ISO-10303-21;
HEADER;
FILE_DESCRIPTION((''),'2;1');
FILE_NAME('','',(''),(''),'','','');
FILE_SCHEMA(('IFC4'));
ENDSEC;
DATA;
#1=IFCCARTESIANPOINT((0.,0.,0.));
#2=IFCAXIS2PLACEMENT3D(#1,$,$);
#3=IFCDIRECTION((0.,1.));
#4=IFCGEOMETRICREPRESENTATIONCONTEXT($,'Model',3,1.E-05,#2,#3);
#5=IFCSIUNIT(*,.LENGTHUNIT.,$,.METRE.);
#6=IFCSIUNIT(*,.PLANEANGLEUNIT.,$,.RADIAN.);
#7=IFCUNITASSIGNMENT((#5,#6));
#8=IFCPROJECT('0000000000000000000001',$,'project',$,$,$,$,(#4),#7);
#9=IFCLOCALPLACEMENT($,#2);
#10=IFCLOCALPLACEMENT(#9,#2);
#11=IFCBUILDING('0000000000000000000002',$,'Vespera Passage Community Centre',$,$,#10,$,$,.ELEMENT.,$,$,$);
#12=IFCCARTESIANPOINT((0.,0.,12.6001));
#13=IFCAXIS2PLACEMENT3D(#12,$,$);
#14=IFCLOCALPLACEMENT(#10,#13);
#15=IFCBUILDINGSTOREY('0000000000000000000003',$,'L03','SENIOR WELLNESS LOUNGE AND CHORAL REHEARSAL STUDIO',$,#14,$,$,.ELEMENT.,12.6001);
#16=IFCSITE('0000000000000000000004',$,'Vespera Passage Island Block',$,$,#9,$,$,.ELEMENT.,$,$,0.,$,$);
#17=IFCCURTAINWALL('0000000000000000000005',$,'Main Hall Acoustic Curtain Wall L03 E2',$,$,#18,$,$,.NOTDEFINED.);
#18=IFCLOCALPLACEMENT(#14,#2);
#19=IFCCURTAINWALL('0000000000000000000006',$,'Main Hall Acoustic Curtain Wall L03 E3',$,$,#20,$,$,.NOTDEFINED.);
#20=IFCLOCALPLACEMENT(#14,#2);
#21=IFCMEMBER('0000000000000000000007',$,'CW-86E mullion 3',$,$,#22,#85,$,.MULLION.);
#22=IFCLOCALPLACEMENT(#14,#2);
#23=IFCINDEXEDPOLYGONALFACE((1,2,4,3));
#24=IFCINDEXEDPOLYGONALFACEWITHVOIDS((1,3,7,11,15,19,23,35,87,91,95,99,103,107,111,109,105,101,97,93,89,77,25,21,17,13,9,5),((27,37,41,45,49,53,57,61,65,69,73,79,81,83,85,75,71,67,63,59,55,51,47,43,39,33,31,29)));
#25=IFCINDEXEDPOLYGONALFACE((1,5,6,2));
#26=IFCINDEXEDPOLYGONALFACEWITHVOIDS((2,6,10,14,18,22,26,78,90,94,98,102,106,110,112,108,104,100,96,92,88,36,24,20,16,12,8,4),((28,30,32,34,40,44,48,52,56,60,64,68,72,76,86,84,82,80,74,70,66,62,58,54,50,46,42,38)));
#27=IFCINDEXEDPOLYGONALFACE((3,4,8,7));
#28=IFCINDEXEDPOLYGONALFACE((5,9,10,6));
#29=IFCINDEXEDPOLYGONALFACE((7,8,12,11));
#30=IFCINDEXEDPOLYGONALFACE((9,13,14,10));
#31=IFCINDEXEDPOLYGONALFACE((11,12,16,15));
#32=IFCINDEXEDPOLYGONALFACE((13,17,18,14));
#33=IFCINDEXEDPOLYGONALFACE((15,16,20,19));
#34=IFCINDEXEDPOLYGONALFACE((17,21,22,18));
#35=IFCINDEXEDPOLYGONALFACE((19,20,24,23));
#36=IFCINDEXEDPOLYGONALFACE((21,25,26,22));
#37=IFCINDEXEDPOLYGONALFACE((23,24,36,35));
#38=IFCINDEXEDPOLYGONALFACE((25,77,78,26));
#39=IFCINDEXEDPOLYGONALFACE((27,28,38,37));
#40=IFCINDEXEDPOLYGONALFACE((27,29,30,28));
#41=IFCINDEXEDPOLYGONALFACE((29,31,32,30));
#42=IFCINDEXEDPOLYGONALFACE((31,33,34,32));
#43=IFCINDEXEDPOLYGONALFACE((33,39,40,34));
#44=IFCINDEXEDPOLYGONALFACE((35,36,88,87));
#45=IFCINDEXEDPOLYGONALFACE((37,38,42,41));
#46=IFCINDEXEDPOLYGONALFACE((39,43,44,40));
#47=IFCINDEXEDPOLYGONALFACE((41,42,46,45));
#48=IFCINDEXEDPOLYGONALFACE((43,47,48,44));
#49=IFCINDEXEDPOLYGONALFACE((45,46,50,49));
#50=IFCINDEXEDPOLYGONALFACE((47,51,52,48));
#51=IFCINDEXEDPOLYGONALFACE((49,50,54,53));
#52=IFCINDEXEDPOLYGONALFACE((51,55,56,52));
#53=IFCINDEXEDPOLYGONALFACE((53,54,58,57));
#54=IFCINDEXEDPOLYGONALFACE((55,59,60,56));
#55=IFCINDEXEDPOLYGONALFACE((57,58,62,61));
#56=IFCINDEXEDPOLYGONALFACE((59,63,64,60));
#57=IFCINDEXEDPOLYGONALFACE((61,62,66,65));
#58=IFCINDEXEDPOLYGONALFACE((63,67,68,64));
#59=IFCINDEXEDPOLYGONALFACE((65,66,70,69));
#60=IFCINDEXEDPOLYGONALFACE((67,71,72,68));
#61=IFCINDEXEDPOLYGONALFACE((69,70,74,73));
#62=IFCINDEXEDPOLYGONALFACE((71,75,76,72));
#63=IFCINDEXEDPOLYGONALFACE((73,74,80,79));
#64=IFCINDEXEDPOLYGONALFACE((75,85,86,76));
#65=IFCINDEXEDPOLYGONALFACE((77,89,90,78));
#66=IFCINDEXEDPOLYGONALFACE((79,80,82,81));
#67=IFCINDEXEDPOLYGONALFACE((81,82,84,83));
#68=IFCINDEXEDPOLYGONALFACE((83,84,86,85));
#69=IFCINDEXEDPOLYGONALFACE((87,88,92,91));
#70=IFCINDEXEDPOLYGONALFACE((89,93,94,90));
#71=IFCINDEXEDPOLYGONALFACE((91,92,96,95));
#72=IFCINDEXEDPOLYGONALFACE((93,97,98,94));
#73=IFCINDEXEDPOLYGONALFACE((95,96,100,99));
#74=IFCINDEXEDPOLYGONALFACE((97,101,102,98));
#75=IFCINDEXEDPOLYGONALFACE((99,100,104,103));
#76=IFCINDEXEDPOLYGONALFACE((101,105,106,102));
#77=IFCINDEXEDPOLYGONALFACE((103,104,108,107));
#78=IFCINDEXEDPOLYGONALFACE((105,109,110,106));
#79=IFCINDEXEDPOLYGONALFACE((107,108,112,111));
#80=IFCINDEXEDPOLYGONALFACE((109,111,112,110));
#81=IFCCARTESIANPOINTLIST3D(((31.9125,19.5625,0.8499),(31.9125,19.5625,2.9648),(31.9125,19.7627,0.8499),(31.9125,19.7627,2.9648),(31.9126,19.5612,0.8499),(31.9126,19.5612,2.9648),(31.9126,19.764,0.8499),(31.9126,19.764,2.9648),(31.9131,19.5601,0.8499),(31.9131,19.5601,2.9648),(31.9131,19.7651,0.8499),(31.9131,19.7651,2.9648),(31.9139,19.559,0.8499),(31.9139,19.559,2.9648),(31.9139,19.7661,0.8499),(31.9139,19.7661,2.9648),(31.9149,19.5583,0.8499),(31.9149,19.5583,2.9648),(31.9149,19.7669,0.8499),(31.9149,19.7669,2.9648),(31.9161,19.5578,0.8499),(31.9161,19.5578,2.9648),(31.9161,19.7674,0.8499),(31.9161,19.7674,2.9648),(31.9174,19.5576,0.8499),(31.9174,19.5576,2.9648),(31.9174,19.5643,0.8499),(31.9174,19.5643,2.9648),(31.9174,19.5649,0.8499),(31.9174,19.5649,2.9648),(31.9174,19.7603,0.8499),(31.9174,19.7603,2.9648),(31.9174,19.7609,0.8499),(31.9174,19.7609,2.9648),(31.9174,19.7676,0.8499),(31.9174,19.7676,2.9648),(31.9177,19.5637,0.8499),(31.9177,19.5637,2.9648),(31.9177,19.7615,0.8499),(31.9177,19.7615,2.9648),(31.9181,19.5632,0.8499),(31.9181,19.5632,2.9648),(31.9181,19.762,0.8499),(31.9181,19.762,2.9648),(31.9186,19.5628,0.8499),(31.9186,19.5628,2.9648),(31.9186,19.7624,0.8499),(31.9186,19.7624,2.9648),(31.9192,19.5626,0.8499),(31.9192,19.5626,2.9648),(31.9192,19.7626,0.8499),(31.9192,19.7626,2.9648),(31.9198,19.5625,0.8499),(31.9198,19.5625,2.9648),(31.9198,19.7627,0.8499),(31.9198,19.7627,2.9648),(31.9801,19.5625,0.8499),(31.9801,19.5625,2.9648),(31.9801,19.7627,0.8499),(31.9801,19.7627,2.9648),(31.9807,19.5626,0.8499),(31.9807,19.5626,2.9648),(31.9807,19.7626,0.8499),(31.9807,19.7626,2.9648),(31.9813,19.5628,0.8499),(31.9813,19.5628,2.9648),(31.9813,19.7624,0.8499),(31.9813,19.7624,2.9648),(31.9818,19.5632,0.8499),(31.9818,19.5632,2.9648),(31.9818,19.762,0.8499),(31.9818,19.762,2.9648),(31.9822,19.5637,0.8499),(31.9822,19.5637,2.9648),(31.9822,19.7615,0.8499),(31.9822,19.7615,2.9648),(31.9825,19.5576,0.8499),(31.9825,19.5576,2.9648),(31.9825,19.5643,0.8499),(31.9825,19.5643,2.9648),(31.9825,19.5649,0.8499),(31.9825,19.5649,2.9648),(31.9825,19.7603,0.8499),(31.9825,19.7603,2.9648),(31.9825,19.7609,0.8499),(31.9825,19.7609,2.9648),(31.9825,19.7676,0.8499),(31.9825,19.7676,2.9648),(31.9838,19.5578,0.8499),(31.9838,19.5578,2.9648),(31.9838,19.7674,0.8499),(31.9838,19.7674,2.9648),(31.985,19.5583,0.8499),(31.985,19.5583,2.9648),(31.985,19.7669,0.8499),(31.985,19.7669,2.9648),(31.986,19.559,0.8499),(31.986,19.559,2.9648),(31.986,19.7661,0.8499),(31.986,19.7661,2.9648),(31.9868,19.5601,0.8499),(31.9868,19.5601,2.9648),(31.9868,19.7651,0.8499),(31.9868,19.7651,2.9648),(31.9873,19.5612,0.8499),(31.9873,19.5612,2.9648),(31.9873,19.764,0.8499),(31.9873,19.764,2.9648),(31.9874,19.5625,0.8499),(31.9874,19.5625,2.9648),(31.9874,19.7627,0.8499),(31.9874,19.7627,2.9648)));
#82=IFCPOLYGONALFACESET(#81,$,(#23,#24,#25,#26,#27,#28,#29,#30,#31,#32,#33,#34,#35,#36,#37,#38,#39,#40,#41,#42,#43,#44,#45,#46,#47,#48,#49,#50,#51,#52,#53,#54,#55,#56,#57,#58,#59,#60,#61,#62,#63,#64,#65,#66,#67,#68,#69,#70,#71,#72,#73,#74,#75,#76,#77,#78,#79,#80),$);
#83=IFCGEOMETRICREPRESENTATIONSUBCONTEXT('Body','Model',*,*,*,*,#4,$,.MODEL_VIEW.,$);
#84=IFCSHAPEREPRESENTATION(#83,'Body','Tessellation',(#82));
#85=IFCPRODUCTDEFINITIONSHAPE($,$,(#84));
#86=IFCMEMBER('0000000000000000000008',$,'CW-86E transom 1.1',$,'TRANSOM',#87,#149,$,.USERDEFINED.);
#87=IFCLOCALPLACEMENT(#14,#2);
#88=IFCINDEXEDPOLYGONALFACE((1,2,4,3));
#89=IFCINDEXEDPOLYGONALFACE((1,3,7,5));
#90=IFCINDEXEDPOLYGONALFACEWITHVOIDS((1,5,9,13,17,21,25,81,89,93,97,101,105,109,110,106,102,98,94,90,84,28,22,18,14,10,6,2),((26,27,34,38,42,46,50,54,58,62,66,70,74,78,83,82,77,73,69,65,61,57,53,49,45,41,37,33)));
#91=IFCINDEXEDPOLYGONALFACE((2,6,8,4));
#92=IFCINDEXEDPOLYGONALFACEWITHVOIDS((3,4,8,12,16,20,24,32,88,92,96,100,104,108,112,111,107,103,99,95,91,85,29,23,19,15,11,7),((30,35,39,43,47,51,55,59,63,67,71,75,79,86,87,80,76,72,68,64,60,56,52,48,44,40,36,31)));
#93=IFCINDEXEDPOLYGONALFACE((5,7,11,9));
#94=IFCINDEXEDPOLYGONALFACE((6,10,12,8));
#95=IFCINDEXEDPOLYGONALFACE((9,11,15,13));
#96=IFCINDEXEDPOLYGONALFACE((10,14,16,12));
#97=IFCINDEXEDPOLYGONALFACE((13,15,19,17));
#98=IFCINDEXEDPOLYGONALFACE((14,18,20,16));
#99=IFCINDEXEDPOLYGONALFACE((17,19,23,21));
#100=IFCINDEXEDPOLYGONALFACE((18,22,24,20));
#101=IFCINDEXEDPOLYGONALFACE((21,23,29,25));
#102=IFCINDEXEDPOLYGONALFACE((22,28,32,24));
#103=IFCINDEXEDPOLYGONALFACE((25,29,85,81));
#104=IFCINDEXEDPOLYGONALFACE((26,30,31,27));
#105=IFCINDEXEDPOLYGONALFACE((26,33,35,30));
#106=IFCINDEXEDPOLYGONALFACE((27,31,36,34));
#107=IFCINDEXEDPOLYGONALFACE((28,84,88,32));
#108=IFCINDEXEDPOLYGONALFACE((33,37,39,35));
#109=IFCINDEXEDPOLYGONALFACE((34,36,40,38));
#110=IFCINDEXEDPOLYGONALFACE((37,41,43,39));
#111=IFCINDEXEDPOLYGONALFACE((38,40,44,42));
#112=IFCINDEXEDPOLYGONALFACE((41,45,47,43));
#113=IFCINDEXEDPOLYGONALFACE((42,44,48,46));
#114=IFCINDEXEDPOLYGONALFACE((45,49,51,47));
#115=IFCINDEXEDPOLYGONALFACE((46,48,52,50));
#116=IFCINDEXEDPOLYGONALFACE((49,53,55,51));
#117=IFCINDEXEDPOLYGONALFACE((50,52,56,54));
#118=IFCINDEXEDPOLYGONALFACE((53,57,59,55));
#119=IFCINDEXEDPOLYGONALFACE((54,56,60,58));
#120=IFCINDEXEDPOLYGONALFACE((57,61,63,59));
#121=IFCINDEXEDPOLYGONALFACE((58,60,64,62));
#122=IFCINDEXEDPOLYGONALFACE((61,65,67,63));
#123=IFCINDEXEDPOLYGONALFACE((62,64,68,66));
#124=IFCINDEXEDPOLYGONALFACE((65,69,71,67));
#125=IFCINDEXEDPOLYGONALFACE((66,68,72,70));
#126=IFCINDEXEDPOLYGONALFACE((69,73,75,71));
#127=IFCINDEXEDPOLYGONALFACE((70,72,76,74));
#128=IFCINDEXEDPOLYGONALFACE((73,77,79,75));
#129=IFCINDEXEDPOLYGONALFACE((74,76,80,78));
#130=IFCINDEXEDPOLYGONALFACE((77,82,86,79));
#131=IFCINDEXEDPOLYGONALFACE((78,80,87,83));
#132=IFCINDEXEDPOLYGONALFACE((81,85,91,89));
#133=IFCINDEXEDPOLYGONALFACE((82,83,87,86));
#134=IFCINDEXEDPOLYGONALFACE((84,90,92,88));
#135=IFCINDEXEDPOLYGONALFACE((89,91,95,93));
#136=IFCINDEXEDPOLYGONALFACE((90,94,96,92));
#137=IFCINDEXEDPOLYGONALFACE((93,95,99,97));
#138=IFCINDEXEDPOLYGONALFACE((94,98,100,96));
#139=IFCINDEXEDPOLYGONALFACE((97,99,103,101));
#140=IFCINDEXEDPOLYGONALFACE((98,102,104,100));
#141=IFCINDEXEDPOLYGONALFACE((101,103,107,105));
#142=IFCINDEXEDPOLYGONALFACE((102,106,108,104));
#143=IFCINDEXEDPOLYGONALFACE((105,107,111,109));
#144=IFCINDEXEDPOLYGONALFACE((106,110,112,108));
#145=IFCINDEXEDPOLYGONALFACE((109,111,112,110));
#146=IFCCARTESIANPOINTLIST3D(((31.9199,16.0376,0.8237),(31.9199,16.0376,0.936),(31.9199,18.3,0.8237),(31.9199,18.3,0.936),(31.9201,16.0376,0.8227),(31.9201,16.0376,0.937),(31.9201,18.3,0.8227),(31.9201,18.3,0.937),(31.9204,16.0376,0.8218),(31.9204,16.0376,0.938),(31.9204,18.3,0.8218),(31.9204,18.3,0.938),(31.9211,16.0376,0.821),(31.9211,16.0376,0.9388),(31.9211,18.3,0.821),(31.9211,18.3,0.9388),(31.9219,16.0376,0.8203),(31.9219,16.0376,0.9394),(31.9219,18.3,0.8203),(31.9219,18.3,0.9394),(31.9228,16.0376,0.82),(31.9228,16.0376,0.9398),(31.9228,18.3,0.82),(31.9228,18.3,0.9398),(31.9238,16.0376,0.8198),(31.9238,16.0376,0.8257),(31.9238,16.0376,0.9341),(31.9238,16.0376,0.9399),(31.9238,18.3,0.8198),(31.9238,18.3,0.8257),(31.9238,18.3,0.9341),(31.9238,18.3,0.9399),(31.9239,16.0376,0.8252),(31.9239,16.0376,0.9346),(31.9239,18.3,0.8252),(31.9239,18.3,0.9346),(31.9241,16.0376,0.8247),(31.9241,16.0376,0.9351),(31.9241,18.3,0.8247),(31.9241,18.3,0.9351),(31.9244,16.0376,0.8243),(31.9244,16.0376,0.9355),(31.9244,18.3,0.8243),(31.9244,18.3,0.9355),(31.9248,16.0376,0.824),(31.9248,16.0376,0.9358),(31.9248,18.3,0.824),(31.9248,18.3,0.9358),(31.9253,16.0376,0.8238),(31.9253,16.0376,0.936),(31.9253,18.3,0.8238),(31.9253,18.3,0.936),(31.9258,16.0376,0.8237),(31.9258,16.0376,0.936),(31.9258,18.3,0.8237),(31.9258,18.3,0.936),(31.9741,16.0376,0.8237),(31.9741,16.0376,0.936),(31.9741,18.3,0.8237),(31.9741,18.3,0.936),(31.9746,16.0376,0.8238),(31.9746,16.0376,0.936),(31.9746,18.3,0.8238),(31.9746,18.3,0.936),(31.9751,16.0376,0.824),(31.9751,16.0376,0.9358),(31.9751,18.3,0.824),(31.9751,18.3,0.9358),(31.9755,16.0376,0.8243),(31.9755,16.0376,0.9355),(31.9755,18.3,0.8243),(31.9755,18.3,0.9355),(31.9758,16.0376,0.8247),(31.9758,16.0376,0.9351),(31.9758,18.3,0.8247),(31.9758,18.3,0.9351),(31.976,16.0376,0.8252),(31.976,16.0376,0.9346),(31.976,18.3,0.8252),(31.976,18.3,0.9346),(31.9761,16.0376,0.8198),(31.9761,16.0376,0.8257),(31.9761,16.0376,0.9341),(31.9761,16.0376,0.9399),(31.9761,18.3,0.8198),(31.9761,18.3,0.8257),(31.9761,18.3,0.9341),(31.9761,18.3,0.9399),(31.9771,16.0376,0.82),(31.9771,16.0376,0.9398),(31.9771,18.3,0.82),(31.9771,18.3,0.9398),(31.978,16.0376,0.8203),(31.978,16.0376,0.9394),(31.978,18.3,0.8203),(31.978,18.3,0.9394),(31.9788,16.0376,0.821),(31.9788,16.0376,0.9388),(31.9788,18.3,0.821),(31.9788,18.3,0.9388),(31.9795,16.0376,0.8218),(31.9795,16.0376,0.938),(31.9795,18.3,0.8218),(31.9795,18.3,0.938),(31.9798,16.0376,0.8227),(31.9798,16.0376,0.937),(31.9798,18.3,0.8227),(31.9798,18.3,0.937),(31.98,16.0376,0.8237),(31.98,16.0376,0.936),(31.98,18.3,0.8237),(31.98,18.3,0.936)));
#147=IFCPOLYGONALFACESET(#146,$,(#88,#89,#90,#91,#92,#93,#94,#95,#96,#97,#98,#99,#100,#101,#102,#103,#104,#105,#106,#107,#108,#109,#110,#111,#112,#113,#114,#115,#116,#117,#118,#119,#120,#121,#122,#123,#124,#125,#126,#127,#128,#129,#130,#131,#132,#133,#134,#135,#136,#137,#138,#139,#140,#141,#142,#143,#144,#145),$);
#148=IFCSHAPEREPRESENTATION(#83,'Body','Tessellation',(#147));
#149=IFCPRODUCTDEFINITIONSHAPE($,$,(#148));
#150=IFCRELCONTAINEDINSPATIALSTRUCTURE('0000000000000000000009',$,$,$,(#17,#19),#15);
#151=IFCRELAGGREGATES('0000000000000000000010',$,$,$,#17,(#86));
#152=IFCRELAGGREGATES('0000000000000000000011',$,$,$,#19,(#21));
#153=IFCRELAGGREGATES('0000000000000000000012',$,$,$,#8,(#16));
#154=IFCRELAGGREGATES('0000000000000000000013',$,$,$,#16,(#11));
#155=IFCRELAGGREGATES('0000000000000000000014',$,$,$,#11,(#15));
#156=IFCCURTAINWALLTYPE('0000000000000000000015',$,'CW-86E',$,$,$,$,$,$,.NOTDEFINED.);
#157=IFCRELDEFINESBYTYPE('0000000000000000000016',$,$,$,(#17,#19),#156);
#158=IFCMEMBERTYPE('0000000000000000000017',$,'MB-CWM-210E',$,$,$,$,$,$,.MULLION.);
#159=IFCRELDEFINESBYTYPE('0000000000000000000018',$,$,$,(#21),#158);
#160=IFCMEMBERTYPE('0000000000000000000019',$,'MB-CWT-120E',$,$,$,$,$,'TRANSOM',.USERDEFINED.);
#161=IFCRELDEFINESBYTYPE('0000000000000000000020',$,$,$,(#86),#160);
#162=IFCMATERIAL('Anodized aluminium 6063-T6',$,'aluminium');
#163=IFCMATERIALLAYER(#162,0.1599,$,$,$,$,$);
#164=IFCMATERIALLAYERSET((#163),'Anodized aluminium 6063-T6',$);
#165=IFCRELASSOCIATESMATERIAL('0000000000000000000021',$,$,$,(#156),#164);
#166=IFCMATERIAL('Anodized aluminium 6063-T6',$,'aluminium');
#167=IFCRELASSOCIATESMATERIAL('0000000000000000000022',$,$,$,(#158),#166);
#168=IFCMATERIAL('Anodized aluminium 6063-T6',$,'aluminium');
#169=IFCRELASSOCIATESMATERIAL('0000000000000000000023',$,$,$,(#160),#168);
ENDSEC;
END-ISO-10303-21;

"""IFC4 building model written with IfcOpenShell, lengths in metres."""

from ifc_helpers import new_model, si_unit, direction, frame, origin, origin_2d, place, context, subcontext, project, spatial, hollow_rectangle, extrude, material, layer, layer_set, material_profile, profile_set, type_object, element, aggregate, save


model = new_model("IFC4")

# Units and contexts
model_context = context("Model", 3, precision=1e-05, world=origin(), true_north=direction((0.0, 1.0)))
body_context = subcontext(model_context, "Body", "Model", "MODEL_VIEW")
ifc_project = project(units=[si_unit("LENGTHUNIT", "METRE"), si_unit("PLANEANGLEUNIT", "RADIAN")], contexts=[model_context])

# Site, building, storey
site_placement = place(None, origin())
site = spatial("IfcSite", under=ifc_project, at=site_placement, Name="Vespera Passage Island Block", CompositionType="ELEMENT", RefElevation=0.0)
building_placement = place(site_placement, origin())
building = spatial("IfcBuilding", under=site, at=building_placement, Name="Vespera Passage Community Centre", CompositionType="ELEMENT")
storey_placement = place(building_placement, frame((0.0, 0.0, 12.6001)))
storey = spatial("IfcBuildingStorey", under=building, at=storey_placement, Name="L03", Description="SENIOR WELLNESS LOUNGE AND CHORAL REHEARSAL STUDIO", CompositionType="ELEMENT", Elevation=12.6001)

# Curtain walls, member
ifc_material_1 = material(Name="Anodized aluminium 6063-T6", Category="aluminium")
ifc_layer_1 = layer(ifc_material_1, 0.1599)
ifc_layer_set_1 = layer_set([ifc_layer_1], Name="Anodized aluminium 6063-T6")
curtain_wall_type = type_object("IfcCurtainWallType", Name="CW-86E", PredefinedType="NOTDEFINED", material=ifc_layer_set_1)
curtain_wall_1_placement = place(storey_placement, origin())
curtain_wall_1 = element("IfcCurtainWall", 1, at=curtain_wall_1_placement, inside=storey, type_object=curtain_wall_type, Name="Main Hall Acoustic Curtain Wall L03 E2", PredefinedType="NOTDEFINED")
ifc_material_2 = material(Name="Anodized aluminium 6063-T6", Category="aluminium")
ifc_material_profile_1 = material_profile(ifc_material_2, hollow_rectangle(XDim=0.075, YDim=0.21, WallThickness=0.0049, InnerFilletRadius=0.0024, OuterFilletRadius=0.0049, at=origin_2d()), Name="ALU210X75X5")
ifc_profile_set_1 = profile_set([ifc_material_profile_1], Name="Anodized aluminium 6063-T6")
member_type_1 = type_object("IfcMemberType", Name="MB-CWM-210E", PredefinedType="MULLION", material=ifc_profile_set_1)
curtain_wall_2_placement = place(storey_placement, origin())
curtain_wall_2 = element("IfcCurtainWall", 2, at=curtain_wall_2_placement, inside=storey, type_object=curtain_wall_type, Name="Main Hall Acoustic Curtain Wall L03 E3", PredefinedType="NOTDEFINED")
member_1_placement = place(storey_placement, frame((31.95, 19.6626, 0.8499), z_axis=(0.0, 0.0, 1.0), x_axis=(1.0, 0.0, 0.0)))
member_1 = element("IfcMember", 3, at=member_1_placement, type_object=member_type_1, Name="CW-86E mullion 3", PredefinedType="MULLION", context=body_context, shape_type="SweptSolid", body=[
    extrude(hollow_rectangle(XDim=0.075, YDim=0.21, WallThickness=0.0049, InnerFilletRadius=0.0024, OuterFilletRadius=0.0049, at=origin_2d()), origin(), (0.0, 0.0, 1.0), 2.115),
])

# Member
ifc_material_3 = material(Name="Anodized aluminium 6063-T6", Category="aluminium")
ifc_material_profile_2 = material_profile(ifc_material_3, hollow_rectangle(XDim=0.0601, YDim=0.1201, WallThickness=0.0039, InnerFilletRadius=0.002, OuterFilletRadius=0.0039, at=origin_2d()), Name="ALU120X60X4")
ifc_profile_set_2 = profile_set([ifc_material_profile_2], Name="Anodized aluminium 6063-T6")
member_type_2 = type_object("IfcMemberType", Name="MB-CWT-120E", ElementType="TRANSOM", PredefinedType="USERDEFINED", material=ifc_profile_set_2)
member_2_placement = place(storey_placement, frame((31.95, 18.3, 0.8799), z_axis=(0.0, -1.0, 0.0), x_axis=(1.0, 0.0, 0.0)))
member_2 = element("IfcMember", 4, at=member_2_placement, type_object=member_type_2, Name="CW-86E transom 1.1", ObjectType="TRANSOM", PredefinedType="USERDEFINED", context=body_context, shape_type="SweptSolid", body=[
    extrude(hollow_rectangle(XDim=0.0601, YDim=0.1201, WallThickness=0.0039, InnerFilletRadius=0.002, OuterFilletRadius=0.0039, at=origin_2d()), origin(), (0.0, 0.0, 1.0), 2.2625),
])

aggregate(curtain_wall_1, [member_2])
aggregate(curtain_wall_2, [member_1])

save(model, "model.ifc")
